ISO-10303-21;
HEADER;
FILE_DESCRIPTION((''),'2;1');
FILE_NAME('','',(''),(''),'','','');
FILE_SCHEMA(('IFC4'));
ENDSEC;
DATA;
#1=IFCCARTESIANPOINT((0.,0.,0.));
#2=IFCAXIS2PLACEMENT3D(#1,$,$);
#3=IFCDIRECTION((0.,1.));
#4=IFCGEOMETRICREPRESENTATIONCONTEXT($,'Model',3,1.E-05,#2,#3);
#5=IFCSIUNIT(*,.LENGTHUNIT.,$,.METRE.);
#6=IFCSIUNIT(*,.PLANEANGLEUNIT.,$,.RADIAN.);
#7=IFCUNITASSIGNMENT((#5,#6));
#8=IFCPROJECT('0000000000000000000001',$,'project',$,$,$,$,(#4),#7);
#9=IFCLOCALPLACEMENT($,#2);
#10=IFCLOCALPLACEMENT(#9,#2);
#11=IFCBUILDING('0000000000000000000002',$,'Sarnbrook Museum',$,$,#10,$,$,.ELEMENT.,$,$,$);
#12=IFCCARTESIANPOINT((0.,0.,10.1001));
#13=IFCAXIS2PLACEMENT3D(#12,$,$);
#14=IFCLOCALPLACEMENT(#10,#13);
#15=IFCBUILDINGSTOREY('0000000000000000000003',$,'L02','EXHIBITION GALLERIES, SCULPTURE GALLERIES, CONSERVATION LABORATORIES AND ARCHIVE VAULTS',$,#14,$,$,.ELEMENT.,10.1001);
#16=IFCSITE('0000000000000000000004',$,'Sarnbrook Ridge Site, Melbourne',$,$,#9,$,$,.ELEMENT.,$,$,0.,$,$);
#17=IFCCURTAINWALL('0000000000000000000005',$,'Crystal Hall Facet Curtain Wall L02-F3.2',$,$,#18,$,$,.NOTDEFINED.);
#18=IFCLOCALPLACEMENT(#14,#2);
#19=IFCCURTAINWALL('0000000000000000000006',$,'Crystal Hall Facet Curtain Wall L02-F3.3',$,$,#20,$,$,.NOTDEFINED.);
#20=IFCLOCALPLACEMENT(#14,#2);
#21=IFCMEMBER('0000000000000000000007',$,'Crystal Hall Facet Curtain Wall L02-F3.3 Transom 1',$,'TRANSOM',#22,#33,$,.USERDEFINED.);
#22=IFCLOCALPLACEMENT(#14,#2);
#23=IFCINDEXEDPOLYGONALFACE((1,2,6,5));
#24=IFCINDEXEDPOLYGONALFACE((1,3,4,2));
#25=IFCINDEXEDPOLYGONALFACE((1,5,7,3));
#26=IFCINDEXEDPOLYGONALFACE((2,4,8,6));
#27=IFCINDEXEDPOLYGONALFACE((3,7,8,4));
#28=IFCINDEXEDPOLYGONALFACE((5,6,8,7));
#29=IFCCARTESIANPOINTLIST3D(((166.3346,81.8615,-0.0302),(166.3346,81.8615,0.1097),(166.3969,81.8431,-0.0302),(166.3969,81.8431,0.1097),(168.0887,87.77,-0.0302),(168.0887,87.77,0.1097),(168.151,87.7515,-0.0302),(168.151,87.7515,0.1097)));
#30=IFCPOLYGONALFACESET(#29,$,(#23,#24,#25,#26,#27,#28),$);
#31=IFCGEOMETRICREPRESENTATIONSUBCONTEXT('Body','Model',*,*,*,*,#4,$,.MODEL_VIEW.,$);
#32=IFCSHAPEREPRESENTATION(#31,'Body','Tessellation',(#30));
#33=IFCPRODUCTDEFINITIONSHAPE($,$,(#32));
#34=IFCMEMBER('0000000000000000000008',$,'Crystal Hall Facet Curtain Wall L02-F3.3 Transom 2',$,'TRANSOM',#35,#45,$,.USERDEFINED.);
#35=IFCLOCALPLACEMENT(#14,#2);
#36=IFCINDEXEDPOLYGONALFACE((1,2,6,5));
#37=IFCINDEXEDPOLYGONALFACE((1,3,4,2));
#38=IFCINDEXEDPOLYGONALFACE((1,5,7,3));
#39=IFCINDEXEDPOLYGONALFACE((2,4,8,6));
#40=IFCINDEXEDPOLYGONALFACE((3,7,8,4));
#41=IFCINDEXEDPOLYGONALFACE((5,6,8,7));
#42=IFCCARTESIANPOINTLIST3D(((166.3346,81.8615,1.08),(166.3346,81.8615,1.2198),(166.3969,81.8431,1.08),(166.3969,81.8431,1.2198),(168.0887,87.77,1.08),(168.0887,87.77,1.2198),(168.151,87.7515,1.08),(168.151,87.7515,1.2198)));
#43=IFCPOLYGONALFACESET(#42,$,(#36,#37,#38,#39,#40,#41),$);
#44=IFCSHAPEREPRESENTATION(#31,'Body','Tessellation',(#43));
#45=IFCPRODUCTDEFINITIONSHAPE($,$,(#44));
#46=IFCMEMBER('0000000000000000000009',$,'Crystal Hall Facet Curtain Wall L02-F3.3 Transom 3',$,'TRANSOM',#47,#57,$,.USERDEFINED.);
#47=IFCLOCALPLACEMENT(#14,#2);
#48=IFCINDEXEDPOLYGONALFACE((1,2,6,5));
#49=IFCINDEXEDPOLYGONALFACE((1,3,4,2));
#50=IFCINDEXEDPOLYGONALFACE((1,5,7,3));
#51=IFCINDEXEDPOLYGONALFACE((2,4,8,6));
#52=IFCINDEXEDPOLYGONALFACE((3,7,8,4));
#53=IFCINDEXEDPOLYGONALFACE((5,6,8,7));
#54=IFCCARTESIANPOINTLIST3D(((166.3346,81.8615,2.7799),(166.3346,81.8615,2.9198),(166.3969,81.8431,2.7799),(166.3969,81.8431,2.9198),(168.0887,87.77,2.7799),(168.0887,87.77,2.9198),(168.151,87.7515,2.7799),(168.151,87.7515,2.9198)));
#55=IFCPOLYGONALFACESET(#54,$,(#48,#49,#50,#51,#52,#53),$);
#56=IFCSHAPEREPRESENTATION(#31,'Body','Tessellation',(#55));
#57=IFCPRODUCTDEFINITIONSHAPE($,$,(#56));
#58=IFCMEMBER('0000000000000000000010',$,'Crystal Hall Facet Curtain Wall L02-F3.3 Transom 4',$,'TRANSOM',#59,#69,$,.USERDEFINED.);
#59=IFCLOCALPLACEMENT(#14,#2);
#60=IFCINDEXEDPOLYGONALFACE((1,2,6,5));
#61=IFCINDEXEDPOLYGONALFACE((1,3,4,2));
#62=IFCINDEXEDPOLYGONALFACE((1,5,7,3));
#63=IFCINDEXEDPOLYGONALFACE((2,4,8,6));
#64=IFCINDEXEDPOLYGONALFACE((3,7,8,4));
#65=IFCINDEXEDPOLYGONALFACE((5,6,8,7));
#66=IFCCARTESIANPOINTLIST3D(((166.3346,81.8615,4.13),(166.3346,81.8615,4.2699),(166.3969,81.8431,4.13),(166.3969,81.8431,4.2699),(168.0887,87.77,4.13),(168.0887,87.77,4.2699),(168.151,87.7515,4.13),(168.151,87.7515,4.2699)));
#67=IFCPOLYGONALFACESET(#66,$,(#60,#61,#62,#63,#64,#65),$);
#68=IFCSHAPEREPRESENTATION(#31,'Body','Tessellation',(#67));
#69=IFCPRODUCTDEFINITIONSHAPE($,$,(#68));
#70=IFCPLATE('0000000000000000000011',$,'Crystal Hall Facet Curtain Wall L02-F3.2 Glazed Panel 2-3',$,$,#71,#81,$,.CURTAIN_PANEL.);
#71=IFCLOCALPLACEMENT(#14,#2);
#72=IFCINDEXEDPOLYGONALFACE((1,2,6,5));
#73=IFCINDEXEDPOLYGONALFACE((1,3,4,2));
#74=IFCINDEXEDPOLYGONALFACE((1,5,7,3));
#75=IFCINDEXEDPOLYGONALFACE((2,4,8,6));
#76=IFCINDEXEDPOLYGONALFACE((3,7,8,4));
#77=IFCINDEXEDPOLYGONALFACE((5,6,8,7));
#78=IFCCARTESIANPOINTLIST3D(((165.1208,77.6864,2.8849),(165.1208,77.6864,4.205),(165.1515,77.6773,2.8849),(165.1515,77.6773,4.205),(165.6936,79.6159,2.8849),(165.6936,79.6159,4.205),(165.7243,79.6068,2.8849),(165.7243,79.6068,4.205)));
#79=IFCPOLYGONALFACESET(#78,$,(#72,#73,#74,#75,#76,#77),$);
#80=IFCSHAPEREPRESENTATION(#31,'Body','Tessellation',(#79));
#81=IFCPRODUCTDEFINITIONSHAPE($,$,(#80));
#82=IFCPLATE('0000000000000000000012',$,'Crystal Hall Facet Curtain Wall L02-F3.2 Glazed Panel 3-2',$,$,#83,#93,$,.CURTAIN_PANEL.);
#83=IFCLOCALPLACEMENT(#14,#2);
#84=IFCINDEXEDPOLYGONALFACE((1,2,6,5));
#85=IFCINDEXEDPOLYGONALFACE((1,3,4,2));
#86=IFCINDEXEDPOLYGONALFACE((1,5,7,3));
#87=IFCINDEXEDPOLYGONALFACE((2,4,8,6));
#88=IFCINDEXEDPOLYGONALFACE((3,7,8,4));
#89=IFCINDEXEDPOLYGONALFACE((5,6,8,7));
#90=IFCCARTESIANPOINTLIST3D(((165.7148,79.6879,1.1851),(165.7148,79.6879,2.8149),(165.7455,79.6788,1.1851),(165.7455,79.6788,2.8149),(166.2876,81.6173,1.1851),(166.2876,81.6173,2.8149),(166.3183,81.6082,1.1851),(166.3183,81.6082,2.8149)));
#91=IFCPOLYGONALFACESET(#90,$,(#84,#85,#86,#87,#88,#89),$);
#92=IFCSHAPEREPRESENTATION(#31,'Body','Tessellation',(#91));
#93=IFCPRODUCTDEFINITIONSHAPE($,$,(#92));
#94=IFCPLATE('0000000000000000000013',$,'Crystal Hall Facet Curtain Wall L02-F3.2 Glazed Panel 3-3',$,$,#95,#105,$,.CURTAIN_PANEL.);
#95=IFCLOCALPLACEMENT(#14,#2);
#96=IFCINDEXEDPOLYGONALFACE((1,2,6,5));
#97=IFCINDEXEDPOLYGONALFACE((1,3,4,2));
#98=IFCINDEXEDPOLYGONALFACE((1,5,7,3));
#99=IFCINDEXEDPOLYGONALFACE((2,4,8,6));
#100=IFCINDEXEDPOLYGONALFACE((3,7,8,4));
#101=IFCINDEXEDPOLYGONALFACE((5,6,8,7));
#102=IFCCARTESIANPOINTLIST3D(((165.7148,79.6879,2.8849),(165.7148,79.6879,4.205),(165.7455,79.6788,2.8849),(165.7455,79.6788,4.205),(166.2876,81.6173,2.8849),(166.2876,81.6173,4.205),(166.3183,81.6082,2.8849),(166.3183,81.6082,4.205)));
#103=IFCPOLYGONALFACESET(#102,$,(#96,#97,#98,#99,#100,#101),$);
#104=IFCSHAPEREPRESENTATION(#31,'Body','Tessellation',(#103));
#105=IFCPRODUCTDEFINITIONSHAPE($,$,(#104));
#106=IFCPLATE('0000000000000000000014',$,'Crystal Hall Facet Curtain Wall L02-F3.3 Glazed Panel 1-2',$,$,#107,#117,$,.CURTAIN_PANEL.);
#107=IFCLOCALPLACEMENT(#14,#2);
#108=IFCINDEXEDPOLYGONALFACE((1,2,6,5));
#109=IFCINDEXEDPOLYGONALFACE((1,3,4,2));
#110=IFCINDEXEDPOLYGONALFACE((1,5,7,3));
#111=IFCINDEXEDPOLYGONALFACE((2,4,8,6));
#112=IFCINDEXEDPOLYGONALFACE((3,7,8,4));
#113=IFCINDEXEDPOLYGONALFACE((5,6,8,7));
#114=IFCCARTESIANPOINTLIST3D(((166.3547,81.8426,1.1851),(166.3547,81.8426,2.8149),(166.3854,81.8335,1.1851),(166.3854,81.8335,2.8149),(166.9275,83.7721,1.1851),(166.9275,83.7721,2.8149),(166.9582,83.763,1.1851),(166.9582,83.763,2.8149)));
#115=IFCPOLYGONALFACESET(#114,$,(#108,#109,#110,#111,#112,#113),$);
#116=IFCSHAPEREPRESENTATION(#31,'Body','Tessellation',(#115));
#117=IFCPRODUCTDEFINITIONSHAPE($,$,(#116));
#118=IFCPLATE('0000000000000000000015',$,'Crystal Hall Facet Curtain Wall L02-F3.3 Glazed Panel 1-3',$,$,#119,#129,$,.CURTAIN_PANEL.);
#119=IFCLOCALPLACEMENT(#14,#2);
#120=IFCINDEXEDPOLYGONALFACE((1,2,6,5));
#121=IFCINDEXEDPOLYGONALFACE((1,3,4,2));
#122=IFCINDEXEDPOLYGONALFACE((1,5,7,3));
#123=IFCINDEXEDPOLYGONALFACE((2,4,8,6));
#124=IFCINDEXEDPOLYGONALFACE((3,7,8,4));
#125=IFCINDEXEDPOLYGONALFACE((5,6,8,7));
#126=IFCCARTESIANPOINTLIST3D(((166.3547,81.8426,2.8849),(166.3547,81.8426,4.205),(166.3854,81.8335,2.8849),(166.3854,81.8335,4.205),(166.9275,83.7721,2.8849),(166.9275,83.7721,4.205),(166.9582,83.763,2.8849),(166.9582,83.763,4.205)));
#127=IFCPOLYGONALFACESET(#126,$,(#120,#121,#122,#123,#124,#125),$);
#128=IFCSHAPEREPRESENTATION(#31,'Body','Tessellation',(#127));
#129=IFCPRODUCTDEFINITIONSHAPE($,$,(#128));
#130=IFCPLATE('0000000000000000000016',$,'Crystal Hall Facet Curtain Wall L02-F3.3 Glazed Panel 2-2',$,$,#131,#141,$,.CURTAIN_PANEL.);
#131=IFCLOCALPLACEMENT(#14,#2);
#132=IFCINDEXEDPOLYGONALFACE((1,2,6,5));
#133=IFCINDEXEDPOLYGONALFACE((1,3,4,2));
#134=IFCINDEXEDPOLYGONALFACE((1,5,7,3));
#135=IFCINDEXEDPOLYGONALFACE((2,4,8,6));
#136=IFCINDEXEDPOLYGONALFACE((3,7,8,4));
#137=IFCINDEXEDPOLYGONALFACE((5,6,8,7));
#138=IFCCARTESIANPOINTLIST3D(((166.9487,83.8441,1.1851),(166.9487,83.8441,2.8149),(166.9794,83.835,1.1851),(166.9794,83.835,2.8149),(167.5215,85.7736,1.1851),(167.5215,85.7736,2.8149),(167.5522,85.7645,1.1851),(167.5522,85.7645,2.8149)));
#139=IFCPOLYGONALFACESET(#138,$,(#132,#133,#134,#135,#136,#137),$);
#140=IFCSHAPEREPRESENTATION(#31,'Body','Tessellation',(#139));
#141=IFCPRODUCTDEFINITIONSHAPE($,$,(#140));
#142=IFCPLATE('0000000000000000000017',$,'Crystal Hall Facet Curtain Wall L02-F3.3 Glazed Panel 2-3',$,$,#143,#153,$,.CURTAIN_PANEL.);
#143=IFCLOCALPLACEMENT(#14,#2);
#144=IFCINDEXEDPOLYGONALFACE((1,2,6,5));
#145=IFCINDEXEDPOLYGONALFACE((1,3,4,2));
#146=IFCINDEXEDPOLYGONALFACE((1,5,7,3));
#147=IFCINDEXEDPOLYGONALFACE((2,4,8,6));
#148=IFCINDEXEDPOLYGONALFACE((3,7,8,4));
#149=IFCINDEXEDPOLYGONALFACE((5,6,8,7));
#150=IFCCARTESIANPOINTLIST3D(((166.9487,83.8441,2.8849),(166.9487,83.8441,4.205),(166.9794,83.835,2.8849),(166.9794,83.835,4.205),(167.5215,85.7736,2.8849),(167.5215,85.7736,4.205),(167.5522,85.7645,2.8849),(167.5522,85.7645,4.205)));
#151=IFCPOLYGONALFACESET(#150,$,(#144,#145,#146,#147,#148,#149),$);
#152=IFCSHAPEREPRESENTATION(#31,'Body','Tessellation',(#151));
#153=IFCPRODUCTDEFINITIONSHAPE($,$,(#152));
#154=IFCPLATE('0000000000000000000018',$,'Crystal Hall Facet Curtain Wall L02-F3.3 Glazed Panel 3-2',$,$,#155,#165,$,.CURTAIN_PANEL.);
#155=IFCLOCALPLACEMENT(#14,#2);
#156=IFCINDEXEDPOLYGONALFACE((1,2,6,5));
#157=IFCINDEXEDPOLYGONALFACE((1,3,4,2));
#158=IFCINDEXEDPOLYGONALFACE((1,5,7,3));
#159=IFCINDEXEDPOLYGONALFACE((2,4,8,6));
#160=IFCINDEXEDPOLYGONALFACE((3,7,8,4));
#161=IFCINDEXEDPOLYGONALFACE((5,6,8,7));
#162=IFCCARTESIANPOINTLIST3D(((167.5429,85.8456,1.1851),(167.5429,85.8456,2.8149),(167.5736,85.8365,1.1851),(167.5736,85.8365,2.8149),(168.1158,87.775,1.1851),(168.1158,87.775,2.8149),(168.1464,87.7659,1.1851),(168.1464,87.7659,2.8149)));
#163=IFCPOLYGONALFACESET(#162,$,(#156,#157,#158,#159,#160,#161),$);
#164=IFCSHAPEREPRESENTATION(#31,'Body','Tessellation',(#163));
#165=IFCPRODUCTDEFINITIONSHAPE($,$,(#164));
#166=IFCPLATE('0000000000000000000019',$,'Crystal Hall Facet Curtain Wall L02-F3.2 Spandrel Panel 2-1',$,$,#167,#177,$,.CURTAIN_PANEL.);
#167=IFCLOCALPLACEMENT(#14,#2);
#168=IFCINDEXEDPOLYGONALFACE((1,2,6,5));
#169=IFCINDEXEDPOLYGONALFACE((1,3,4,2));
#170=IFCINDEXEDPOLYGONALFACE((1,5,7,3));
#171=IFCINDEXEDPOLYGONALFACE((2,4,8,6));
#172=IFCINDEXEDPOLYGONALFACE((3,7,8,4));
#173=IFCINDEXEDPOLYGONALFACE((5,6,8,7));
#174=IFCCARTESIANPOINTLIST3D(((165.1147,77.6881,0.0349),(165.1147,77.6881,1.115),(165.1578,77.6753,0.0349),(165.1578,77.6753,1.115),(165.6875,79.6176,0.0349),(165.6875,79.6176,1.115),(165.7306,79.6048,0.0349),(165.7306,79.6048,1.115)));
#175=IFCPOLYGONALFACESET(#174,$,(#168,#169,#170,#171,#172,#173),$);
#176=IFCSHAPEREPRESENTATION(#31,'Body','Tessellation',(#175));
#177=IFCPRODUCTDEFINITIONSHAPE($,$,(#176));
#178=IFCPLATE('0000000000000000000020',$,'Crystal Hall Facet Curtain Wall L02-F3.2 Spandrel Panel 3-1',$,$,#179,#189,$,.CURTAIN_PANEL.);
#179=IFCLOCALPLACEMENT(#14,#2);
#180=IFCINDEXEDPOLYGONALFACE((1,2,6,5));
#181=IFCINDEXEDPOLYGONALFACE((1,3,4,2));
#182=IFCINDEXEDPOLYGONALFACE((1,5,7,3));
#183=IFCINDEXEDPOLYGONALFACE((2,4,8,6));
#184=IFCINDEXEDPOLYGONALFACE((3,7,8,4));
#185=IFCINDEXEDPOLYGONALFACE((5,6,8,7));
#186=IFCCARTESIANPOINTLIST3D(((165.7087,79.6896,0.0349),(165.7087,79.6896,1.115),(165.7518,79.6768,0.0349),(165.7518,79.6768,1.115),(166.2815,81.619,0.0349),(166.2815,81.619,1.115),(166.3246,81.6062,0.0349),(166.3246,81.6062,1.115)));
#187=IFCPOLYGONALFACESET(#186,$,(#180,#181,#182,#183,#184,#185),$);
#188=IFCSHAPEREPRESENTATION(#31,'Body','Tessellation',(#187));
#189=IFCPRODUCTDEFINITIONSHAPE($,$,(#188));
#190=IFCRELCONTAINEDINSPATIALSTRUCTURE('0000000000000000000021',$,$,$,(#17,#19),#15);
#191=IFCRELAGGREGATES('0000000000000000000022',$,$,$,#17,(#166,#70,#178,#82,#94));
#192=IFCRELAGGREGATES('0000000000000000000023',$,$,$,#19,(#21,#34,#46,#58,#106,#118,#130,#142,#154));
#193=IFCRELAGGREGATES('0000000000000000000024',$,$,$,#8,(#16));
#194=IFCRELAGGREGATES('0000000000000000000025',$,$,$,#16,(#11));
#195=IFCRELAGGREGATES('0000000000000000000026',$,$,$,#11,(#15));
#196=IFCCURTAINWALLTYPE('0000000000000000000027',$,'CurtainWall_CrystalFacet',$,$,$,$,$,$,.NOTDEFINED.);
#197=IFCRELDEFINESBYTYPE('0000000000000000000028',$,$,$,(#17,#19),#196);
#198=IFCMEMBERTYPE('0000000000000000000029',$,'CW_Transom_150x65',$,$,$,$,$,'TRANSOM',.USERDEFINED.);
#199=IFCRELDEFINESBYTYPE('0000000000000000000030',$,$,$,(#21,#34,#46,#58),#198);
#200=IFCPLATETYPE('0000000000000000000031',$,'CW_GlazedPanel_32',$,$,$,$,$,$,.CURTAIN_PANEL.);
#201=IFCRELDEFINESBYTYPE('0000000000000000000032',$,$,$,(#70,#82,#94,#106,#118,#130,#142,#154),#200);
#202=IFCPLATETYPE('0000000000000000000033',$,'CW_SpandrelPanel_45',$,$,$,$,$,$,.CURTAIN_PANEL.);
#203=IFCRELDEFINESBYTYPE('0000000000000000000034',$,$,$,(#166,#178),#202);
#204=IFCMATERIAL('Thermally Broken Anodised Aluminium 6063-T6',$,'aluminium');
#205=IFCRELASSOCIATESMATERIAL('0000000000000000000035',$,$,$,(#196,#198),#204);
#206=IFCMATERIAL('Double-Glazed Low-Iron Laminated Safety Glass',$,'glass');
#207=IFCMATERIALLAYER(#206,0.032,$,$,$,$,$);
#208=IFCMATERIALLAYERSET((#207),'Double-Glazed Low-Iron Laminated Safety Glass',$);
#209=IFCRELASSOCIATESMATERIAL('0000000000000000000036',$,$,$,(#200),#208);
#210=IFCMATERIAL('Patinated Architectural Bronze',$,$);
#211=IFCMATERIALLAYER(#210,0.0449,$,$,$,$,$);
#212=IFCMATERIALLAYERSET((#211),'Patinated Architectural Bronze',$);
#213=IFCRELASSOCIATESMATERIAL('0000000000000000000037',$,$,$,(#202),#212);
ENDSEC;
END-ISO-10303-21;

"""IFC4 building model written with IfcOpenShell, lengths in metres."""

from ifc_helpers import new_model, si_unit, direction, frame, origin, origin_2d, place, context, subcontext, project, spatial, rectangle, extrude, material, layer, layer_set, material_profile, profile_set, type_object, element, aggregate, save


model = new_model("IFC4")

# Units and contexts
model_context = context("Model", 3, precision=1e-05, world=origin(), true_north=direction((0.0, 1.0)))
body_context = subcontext(model_context, "Body", "Model", "MODEL_VIEW")
ifc_project = project(units=[si_unit("LENGTHUNIT", "METRE"), si_unit("PLANEANGLEUNIT", "RADIAN")], contexts=[model_context])

# Site, building, storey
site_placement = place(None, origin())
site = spatial("IfcSite", under=ifc_project, at=site_placement, Name="Sarnbrook Ridge Site, Melbourne", CompositionType="ELEMENT", RefElevation=0.0)
building_placement = place(site_placement, origin())
building = spatial("IfcBuilding", under=site, at=building_placement, Name="Sarnbrook Museum", CompositionType="ELEMENT")
storey_placement = place(building_placement, frame((0.0, 0.0, 10.1001)))
storey = spatial("IfcBuildingStorey", under=building, at=storey_placement, Name="L02", Description="EXHIBITION GALLERIES, SCULPTURE GALLERIES, CONSERVATION LABORATORIES AND ARCHIVE VAULTS", CompositionType="ELEMENT", Elevation=10.1001)

# Curtain walls, members
ifc_material_1 = material(Name="Thermally Broken Anodised Aluminium 6063-T6", Category="aluminium")
curtain_wall_type = type_object("IfcCurtainWallType", Name="CurtainWall_CrystalFacet", PredefinedType="NOTDEFINED", material=ifc_material_1)
curtain_wall_1_placement = place(storey_placement, origin())
curtain_wall_1 = element("IfcCurtainWall", 1, at=curtain_wall_1_placement, inside=storey, type_object=curtain_wall_type, Name="Crystal Hall Facet Curtain Wall L02-F3.2", PredefinedType="NOTDEFINED")
curtain_wall_2_placement = place(storey_placement, origin())
curtain_wall_2 = element("IfcCurtainWall", 2, at=curtain_wall_2_placement, inside=storey, type_object=curtain_wall_type, Name="Crystal Hall Facet Curtain Wall L02-F3.3", PredefinedType="NOTDEFINED")
ifc_material_profile_1 = material_profile(ifc_material_1, rectangle(XDim=0.0649, YDim=0.1399, at=origin_2d()), Name="ALU TRANSOM 65x140")
ifc_profile_set_1 = profile_set([ifc_material_profile_1], Name="Thermally Broken Anodised Aluminium 6063-T6")
member_type_1 = type_object("IfcMemberType", Name="CW_Transom_150x65", ElementType="TRANSOM", PredefinedType="USERDEFINED", material=ifc_profile_set_1)
member_1_placement = place(storey_placement, frame((166.3657, 81.8523, 0.0398), z_axis=(0.28461, 0.958643, 0.0), x_axis=(-0.958643, 0.28461, 0.0)))
member_1 = element("IfcMember", 3, at=member_1_placement, type_object=member_type_1, Name="Crystal Hall Facet Curtain Wall L02-F3.3 Transom 1", ObjectType="TRANSOM", PredefinedType="USERDEFINED", context=body_context, shape_type="SweptSolid", body=[
    extrude(rectangle(XDim=0.0649, YDim=0.1399, at=origin_2d()), origin(), (0.0, 0.0, 1.0), 6.1633),
])
member_2_placement = place(storey_placement, frame((166.3657, 81.8523, 1.1499), z_axis=(0.28461, 0.958643, 0.0), x_axis=(-0.958643, 0.28461, 0.0)))
member_2 = element("IfcMember", 4, at=member_2_placement, type_object=member_type_1, Name="Crystal Hall Facet Curtain Wall L02-F3.3 Transom 2", ObjectType="TRANSOM", PredefinedType="USERDEFINED", context=body_context, shape_type="SweptSolid", body=[
    extrude(rectangle(XDim=0.0649, YDim=0.1399, at=origin_2d()), origin(), (0.0, 0.0, 1.0), 6.1633),
])
member_3_placement = place(storey_placement, frame((166.3657, 81.8523, 2.8499), z_axis=(0.28461, 0.958643, 0.0), x_axis=(-0.958643, 0.28461, 0.0)))
member_3 = element("IfcMember", 5, at=member_3_placement, type_object=member_type_1, Name="Crystal Hall Facet Curtain Wall L02-F3.3 Transom 3", ObjectType="TRANSOM", PredefinedType="USERDEFINED", context=body_context, shape_type="SweptSolid", body=[
    extrude(rectangle(XDim=0.0649, YDim=0.1399, at=origin_2d()), origin(), (0.0, 0.0, 1.0), 6.1633),
])
member_4_placement = place(storey_placement, frame((166.3657, 81.8523, 4.2), z_axis=(0.28461, 0.958643, 0.0), x_axis=(-0.958643, 0.28461, 0.0)))
member_4 = element("IfcMember", 6, at=member_4_placement, type_object=member_type_1, Name="Crystal Hall Facet Curtain Wall L02-F3.3 Transom 4", ObjectType="TRANSOM", PredefinedType="USERDEFINED", context=body_context, shape_type="SweptSolid", body=[
    extrude(rectangle(XDim=0.0649, YDim=0.1399, at=origin_2d()), origin(), (0.0, 0.0, 1.0), 6.1633),
])

# Plates
ifc_material_2 = material(Name="Double-Glazed Low-Iron Laminated Safety Glass", Category="glass")
ifc_layer_1 = layer(ifc_material_2, 0.032)
ifc_layer_set_1 = layer_set([ifc_layer_1], Name="Double-Glazed Low-Iron Laminated Safety Glass")
plate_type_1 = type_object("IfcPlateType", Name="CW_GlazedPanel_32", PredefinedType="CURTAIN_PANEL", material=ifc_layer_set_1)
plate_1_placement = place(storey_placement, frame((165.4072, 78.6511, 3.5449), z_axis=(0.958646, -0.284601, 0.0), x_axis=(0.284601, 0.958646, 0.0)))
plate_1 = element("IfcPlate", 7, at=plate_1_placement, type_object=plate_type_1, Name="Crystal Hall Facet Curtain Wall L02-F3.2 Glazed Panel 2-3", PredefinedType="CURTAIN_PANEL", context=body_context, shape_type="SweptSolid", body=[
    extrude(rectangle(XDim=2.0127, YDim=1.3201, at=origin_2d()), origin(), (0.0, 0.0, 1.0), 0.032),
])
plate_2_placement = place(storey_placement, frame((166.0012, 80.6526, 2.0), z_axis=(0.958646, -0.284601, 0.0), x_axis=(0.284601, 0.958646, 0.0)))
plate_2 = element("IfcPlate", 8, at=plate_2_placement, type_object=plate_type_1, Name="Crystal Hall Facet Curtain Wall L02-F3.2 Glazed Panel 3-2", PredefinedType="CURTAIN_PANEL", context=body_context, shape_type="SweptSolid", body=[
    extrude(rectangle(XDim=2.0127, YDim=1.6299, at=origin_2d()), origin(), (0.0, 0.0, 1.0), 0.032),
])
plate_3_placement = place(storey_placement, frame((166.0012, 80.6526, 3.5449), z_axis=(0.958646, -0.284601, 0.0), x_axis=(0.284601, 0.958646, 0.0)))
plate_3 = element("IfcPlate", 9, at=plate_3_placement, type_object=plate_type_1, Name="Crystal Hall Facet Curtain Wall L02-F3.2 Glazed Panel 3-3", PredefinedType="CURTAIN_PANEL", context=body_context, shape_type="SweptSolid", body=[
    extrude(rectangle(XDim=2.0127, YDim=1.3201, at=origin_2d()), origin(), (0.0, 0.0, 1.0), 0.032),
])
plate_4_placement = place(storey_placement, frame((166.6411, 82.8074, 2.0), z_axis=(0.958646, -0.284601, 0.0), x_axis=(0.284601, 0.958646, 0.0)))
plate_4 = element("IfcPlate", 10, at=plate_4_placement, type_object=plate_type_1, Name="Crystal Hall Facet Curtain Wall L02-F3.3 Glazed Panel 1-2", PredefinedType="CURTAIN_PANEL", context=body_context, shape_type="SweptSolid", body=[
    extrude(rectangle(XDim=2.0127, YDim=1.6299, at=origin_2d()), origin(), (0.0, 0.0, 1.0), 0.032),
])
plate_5_placement = place(storey_placement, frame((166.6411, 82.8074, 3.5449), z_axis=(0.958646, -0.284601, 0.0), x_axis=(0.284601, 0.958646, 0.0)))
plate_5 = element("IfcPlate", 11, at=plate_5_placement, type_object=plate_type_1, Name="Crystal Hall Facet Curtain Wall L02-F3.3 Glazed Panel 1-3", PredefinedType="CURTAIN_PANEL", context=body_context, shape_type="SweptSolid", body=[
    extrude(rectangle(XDim=2.0127, YDim=1.3201, at=origin_2d()), origin(), (0.0, 0.0, 1.0), 0.032),
])
plate_6_placement = place(storey_placement, frame((167.2351, 84.8088, 2.0), z_axis=(0.958646, -0.284601, 0.0), x_axis=(0.284601, 0.958646, 0.0)))
plate_6 = element("IfcPlate", 12, at=plate_6_placement, type_object=plate_type_1, Name="Crystal Hall Facet Curtain Wall L02-F3.3 Glazed Panel 2-2", PredefinedType="CURTAIN_PANEL", context=body_context, shape_type="SweptSolid", body=[
    extrude(rectangle(XDim=2.0127, YDim=1.6299, at=origin_2d()), origin(), (0.0, 0.0, 1.0), 0.032),
])
plate_7_placement = place(storey_placement, frame((167.2351, 84.8088, 3.5449), z_axis=(0.958646, -0.284601, 0.0), x_axis=(0.284601, 0.958646, 0.0)))
plate_7 = element("IfcPlate", 13, at=plate_7_placement, type_object=plate_type_1, Name="Crystal Hall Facet Curtain Wall L02-F3.3 Glazed Panel 2-3", PredefinedType="CURTAIN_PANEL", context=body_context, shape_type="SweptSolid", body=[
    extrude(rectangle(XDim=2.0127, YDim=1.3201, at=origin_2d()), origin(), (0.0, 0.0, 1.0), 0.032),
])
plate_8_placement = place(storey_placement, frame((167.8293, 86.8103, 2.0), z_axis=(0.958646, -0.284601, 0.0), x_axis=(0.284601, 0.958646, 0.0)))
plate_8 = element("IfcPlate", 14, at=plate_8_placement, type_object=plate_type_1, Name="Crystal Hall Facet Curtain Wall L02-F3.3 Glazed Panel 3-2", PredefinedType="CURTAIN_PANEL", context=body_context, shape_type="SweptSolid", body=[
    extrude(rectangle(XDim=2.0127, YDim=1.6299, at=origin_2d()), origin(), (0.0, 0.0, 1.0), 0.032),
])
ifc_material_3 = material(Name="Patinated Architectural Bronze")
ifc_layer_2 = layer(ifc_material_3, 0.0449)
ifc_layer_set_2 = layer_set([ifc_layer_2], Name="Patinated Architectural Bronze")
plate_type_2 = type_object("IfcPlateType", Name="CW_SpandrelPanel_45", PredefinedType="CURTAIN_PANEL", material=ifc_layer_set_2)
plate_9_placement = place(storey_placement, frame((165.4011, 78.6528, 0.575), z_axis=(0.958646, -0.284601, 0.0), x_axis=(0.284601, 0.958646, 0.0)))
plate_9 = element("IfcPlate", 15, at=plate_9_placement, type_object=plate_type_2, Name="Crystal Hall Facet Curtain Wall L02-F3.2 Spandrel Panel 2-1", PredefinedType="CURTAIN_PANEL", context=body_context, shape_type="SweptSolid", body=[
    extrude(rectangle(XDim=2.0127, YDim=1.0801, at=origin_2d()), origin(), (0.0, 0.0, 1.0), 0.0449),
])
plate_10_placement = place(storey_placement, frame((165.9951, 80.6543, 0.575), z_axis=(0.958646, -0.284601, 0.0), x_axis=(0.284601, 0.958646, 0.0)))
plate_10 = element("IfcPlate", 16, at=plate_10_placement, type_object=plate_type_2, Name="Crystal Hall Facet Curtain Wall L02-F3.2 Spandrel Panel 3-1", PredefinedType="CURTAIN_PANEL", context=body_context, shape_type="SweptSolid", body=[
    extrude(rectangle(XDim=2.0127, YDim=1.0801, at=origin_2d()), origin(), (0.0, 0.0, 1.0), 0.0449),
])
aggregate(curtain_wall_1, [plate_9, plate_1, plate_10, plate_2, plate_3])
aggregate(curtain_wall_2, [member_1, member_2, member_3, member_4, plate_4, plate_5, plate_6, plate_7, plate_8])

save(model, "model.ifc")
